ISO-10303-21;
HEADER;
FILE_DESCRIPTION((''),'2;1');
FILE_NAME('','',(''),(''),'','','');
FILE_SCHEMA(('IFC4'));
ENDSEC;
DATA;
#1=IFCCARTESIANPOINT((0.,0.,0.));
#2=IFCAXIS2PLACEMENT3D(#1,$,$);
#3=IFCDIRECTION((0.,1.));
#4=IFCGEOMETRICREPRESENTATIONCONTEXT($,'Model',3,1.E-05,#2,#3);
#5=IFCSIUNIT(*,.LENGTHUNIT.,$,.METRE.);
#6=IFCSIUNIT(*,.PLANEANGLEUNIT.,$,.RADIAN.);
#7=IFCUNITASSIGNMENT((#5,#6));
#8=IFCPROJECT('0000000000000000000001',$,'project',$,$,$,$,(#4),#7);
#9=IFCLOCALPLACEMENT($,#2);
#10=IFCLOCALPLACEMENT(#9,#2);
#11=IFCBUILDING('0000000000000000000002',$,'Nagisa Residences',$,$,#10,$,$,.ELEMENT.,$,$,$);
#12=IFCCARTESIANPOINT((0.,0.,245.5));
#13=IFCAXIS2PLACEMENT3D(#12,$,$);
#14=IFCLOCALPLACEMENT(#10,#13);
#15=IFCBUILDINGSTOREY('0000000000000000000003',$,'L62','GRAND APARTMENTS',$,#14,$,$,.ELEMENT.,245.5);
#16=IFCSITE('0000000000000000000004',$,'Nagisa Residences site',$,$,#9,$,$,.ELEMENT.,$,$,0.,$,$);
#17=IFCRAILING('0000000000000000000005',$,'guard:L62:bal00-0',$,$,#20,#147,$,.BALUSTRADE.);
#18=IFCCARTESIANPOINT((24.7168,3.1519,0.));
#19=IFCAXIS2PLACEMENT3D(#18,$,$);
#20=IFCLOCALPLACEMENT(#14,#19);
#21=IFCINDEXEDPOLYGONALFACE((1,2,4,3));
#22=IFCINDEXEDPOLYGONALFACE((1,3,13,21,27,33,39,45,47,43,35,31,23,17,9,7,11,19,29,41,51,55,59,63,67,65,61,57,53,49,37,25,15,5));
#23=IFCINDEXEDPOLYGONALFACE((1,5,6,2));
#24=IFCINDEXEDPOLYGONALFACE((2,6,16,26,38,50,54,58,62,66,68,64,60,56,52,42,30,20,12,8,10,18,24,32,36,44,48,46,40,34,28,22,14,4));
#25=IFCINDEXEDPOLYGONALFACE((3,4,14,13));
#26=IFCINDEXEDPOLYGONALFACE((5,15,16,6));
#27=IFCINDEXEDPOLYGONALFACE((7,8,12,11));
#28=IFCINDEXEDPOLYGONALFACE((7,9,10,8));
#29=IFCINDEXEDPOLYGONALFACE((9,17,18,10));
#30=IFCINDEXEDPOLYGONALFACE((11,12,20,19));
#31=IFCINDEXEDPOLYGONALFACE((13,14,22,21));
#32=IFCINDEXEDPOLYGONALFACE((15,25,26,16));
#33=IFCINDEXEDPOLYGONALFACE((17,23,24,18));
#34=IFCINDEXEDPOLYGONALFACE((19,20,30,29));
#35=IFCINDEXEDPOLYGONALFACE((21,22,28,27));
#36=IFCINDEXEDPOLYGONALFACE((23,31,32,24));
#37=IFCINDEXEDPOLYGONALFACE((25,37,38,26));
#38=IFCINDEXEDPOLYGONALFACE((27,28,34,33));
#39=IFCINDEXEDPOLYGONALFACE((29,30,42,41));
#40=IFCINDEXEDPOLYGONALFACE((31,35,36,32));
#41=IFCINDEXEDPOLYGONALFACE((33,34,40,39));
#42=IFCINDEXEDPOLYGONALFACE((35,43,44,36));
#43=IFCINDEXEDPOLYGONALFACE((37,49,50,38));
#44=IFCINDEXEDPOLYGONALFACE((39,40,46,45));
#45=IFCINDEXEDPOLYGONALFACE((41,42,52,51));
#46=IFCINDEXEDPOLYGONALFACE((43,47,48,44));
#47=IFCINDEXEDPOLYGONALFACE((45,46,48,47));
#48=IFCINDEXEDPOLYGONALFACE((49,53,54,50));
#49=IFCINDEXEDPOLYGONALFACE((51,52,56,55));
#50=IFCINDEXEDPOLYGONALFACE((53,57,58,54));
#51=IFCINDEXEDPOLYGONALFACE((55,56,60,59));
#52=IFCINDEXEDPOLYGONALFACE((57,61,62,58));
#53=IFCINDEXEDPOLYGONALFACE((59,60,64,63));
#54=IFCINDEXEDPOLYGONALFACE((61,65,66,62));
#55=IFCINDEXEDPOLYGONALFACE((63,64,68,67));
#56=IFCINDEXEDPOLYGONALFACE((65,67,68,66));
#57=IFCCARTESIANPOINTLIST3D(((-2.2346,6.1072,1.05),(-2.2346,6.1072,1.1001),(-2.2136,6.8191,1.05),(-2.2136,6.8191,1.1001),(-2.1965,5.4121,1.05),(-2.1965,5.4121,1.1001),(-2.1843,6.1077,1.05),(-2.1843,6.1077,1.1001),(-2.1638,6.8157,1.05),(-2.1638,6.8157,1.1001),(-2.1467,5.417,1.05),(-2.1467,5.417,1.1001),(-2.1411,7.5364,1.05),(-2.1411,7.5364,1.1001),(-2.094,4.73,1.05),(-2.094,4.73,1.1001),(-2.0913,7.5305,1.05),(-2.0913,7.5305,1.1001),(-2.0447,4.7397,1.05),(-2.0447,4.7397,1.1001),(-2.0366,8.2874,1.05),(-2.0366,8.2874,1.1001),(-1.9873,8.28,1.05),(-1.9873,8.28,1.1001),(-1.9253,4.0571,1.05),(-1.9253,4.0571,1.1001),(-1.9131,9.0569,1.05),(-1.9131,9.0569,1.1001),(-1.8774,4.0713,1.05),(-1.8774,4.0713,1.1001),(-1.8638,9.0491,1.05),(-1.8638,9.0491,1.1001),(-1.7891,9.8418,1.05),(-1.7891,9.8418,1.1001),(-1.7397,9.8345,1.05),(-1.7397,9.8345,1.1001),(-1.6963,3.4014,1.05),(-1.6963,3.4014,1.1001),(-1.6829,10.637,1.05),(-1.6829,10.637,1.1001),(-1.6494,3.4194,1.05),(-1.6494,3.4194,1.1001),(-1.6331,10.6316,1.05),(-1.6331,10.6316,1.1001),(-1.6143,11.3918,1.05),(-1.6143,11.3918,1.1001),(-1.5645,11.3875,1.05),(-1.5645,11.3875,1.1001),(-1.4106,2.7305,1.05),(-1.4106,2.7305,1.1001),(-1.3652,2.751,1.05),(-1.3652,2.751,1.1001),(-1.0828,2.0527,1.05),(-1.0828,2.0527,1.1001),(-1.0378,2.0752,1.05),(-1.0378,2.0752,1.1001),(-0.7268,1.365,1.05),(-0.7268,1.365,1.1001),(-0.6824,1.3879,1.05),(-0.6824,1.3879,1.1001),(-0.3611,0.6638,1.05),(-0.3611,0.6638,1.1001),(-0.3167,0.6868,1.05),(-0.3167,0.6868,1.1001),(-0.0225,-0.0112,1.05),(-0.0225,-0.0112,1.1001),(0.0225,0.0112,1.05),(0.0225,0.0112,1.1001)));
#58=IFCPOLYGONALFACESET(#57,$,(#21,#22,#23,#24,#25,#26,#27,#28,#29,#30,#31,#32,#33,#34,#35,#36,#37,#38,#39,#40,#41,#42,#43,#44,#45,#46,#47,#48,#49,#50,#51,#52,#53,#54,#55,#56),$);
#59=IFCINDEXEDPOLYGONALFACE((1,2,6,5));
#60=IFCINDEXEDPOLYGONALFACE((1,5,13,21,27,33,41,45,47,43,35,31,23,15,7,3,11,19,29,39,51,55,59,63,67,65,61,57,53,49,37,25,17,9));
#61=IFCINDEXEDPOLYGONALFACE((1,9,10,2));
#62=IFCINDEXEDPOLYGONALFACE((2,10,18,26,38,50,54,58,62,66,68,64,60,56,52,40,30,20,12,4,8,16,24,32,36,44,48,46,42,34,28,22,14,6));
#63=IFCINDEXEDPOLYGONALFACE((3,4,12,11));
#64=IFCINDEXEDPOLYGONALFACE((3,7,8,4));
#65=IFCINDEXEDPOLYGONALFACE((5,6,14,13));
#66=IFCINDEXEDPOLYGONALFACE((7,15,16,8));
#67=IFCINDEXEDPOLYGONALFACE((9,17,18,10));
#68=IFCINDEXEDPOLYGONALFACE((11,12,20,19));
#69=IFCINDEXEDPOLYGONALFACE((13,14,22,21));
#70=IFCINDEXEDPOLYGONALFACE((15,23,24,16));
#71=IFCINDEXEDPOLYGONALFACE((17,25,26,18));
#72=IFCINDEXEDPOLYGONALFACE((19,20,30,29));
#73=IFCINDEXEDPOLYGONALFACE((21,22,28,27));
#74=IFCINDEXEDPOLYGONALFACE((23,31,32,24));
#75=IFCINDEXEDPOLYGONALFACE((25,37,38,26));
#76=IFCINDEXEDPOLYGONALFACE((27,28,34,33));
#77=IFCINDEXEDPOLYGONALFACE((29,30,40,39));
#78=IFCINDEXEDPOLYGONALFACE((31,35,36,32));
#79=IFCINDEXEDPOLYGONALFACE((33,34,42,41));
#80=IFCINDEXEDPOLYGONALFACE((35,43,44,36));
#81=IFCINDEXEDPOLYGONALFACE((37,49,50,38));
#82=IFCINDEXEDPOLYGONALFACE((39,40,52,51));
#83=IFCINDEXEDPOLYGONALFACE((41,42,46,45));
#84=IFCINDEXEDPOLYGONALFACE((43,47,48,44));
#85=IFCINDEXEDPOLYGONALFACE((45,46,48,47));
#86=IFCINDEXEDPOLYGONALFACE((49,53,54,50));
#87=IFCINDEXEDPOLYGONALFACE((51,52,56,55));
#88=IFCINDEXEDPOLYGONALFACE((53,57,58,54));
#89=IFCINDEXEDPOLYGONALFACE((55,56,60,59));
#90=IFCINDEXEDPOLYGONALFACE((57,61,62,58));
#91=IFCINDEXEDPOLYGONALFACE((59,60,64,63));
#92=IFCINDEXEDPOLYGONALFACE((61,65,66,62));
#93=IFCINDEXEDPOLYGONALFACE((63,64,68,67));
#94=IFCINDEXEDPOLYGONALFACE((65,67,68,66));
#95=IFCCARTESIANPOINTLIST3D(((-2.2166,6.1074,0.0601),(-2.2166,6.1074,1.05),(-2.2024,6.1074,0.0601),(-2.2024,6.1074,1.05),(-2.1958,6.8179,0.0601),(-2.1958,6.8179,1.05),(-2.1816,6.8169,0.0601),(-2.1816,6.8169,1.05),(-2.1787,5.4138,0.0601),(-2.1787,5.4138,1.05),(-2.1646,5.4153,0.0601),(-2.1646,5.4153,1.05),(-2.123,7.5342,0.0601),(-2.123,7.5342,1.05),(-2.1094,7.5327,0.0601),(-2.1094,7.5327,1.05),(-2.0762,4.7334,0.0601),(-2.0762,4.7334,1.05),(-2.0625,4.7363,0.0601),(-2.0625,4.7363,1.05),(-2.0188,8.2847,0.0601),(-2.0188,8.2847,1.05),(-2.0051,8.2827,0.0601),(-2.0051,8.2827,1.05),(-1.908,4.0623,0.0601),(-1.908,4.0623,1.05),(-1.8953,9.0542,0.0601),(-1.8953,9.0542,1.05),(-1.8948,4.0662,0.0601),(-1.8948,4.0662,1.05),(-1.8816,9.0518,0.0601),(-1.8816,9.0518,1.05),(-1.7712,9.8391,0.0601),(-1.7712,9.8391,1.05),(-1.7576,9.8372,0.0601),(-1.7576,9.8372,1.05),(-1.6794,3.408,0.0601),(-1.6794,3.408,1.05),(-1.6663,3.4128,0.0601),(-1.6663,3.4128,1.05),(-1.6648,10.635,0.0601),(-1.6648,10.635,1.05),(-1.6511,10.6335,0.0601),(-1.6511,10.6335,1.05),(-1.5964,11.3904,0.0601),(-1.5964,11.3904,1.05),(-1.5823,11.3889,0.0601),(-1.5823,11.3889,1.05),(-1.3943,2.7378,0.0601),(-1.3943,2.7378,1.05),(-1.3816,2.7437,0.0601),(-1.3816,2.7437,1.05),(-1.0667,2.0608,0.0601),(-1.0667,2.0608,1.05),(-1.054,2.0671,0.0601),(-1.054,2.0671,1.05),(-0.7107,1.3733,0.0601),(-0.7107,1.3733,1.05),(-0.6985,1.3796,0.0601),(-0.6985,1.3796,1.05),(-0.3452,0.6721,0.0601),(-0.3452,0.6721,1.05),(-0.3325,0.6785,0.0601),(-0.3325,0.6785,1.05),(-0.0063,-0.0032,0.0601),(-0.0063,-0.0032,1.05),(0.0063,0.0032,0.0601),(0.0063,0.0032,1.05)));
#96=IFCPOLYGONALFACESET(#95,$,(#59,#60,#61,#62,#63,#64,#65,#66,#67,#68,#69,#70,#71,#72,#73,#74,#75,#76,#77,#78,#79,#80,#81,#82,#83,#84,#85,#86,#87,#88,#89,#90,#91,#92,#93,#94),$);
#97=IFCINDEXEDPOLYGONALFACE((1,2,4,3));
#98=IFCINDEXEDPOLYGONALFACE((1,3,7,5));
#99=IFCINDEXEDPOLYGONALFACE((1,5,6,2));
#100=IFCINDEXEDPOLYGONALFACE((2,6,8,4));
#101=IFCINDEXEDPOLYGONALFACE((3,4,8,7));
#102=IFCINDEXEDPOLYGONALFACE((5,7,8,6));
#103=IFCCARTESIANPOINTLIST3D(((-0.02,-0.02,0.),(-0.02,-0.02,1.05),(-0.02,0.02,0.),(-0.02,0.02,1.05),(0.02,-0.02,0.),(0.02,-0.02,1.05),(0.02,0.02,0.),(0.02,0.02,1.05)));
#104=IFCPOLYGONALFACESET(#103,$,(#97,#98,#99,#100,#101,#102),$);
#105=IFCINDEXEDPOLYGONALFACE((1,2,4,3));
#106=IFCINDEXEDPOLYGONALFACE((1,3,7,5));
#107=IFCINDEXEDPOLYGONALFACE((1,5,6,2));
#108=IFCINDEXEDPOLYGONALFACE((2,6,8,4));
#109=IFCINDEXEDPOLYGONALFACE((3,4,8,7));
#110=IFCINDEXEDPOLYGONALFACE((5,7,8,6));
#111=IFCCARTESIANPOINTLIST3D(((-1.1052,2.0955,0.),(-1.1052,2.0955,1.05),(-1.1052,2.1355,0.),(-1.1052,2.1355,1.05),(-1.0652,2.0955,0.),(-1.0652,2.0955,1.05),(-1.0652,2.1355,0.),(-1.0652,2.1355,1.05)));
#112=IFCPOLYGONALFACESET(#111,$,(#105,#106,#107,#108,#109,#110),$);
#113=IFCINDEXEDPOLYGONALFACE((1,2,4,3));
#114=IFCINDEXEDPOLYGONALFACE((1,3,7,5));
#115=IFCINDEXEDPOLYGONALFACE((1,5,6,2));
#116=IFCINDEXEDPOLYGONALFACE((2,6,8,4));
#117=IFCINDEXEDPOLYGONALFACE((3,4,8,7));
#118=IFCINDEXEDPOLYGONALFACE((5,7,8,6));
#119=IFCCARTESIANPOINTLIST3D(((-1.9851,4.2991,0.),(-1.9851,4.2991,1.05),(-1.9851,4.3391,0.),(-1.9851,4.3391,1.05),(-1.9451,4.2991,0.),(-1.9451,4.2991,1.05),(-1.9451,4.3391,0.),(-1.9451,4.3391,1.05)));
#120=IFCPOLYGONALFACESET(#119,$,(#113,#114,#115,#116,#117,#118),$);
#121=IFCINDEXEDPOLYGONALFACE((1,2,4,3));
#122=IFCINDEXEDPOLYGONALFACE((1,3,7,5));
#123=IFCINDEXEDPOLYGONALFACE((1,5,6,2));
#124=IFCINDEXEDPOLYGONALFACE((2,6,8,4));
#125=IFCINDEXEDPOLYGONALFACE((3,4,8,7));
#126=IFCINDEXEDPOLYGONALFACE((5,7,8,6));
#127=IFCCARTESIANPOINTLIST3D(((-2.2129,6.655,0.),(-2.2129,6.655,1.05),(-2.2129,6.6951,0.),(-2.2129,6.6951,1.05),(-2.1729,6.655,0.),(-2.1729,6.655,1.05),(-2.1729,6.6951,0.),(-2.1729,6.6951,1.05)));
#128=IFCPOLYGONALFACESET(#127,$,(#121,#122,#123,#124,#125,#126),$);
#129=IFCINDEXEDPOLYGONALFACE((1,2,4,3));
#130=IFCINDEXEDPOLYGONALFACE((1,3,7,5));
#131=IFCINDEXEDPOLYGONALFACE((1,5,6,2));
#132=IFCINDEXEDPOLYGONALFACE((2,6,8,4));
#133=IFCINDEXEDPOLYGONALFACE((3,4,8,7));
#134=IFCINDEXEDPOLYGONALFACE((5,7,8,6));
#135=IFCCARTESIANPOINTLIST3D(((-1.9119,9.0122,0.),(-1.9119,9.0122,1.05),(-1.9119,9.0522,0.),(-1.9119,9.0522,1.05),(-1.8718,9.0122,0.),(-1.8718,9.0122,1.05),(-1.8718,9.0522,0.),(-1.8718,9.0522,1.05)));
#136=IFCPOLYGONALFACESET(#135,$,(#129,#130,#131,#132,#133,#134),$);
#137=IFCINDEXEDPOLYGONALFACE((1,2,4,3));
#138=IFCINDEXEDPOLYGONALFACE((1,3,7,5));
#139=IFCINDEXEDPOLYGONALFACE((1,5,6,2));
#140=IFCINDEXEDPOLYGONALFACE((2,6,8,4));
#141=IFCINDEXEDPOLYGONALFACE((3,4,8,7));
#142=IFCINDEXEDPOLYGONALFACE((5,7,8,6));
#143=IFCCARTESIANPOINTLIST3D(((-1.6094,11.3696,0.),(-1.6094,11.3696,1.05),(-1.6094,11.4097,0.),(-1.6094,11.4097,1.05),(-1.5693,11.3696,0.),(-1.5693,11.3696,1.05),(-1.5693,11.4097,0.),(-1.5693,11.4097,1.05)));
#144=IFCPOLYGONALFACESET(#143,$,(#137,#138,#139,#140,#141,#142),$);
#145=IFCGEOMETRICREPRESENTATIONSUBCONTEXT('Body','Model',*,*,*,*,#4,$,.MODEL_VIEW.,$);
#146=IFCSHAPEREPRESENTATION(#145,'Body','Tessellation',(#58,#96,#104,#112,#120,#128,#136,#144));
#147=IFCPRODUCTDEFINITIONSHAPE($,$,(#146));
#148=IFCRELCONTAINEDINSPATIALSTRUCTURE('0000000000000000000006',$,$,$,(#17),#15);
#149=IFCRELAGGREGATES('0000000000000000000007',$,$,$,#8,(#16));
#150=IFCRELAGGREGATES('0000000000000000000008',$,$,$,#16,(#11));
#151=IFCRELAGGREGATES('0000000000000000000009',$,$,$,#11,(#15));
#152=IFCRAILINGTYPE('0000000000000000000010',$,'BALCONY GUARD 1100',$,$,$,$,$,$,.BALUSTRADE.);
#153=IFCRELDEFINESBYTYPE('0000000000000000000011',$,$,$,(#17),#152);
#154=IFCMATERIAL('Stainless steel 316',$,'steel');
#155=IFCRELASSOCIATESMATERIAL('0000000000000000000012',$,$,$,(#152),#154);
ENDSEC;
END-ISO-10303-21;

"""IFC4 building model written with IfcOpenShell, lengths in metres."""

from ifc_helpers import new_model, si_unit, direction, frame, origin, origin_2d, place, context, subcontext, project, spatial, polyline, rectangle, outline, extrude, material, type_object, element, save


model = new_model("IFC4")

# Units and contexts
model_context = context("Model", 3, precision=1e-05, world=origin(), true_north=direction((0.0, 1.0)))
body_context = subcontext(model_context, "Body", "Model", "MODEL_VIEW")
ifc_project = project(units=[si_unit("LENGTHUNIT", "METRE"), si_unit("PLANEANGLEUNIT", "RADIAN")], contexts=[model_context])

# Site, building, storey
site_placement = place(None, origin())
site = spatial("IfcSite", under=ifc_project, at=site_placement, Name="Nagisa Residences site", CompositionType="ELEMENT", RefElevation=0.0)
building_placement = place(site_placement, origin())
building = spatial("IfcBuilding", under=site, at=building_placement, Name="Nagisa Residences", CompositionType="ELEMENT")
storey_placement = place(building_placement, frame((0.0, 0.0, 245.5)))
storey = spatial("IfcBuildingStorey", under=building, at=storey_placement, Name="L62", Description="GRAND APARTMENTS", CompositionType="ELEMENT", Elevation=245.5)

# Railing
ifc_material_1 = material(Name="Stainless steel 316", Category="steel")
railing_type = type_object("IfcRailingType", Name="BALCONY GUARD 1100", PredefinedType="BALUSTRADE", material=ifc_material_1)
railing_placement = place(storey_placement, frame((24.7168, 3.1519, 0.0)))
element("IfcRailing", 1, at=railing_placement, inside=storey, type_object=railing_type, Name="guard:L62:bal00-0", PredefinedType="BALUSTRADE", context=body_context, shape_type="SweptSolid", body=[
    extrude(outline(polyline([(-0.3611, 0.6638), (-0.0225, -0.0112), (0.0225, 0.0112), (-0.3167, 0.6868), (-0.6824, 1.3879), (-1.0378, 2.0752), (-1.3652, 2.751), (-1.6494, 3.4194), (-1.8774, 4.0713), (-2.0447, 4.7397), (-2.1467, 5.417), (-2.1843, 6.1077), (-2.1638, 6.8157), (-2.0913, 7.5305), (-1.9873, 8.28), (-1.8638, 9.0491), (-1.7397, 9.8345), (-1.6331, 10.6316), (-1.5645, 11.3875), (-1.6143, 11.3918), (-1.6829, 10.637), (-1.7891, 9.8418), (-1.9131, 9.0569), (-2.0366, 8.2874), (-2.1411, 7.5364), (-2.2136, 6.8191), (-2.2346, 6.1072), (-2.1965, 5.4121), (-2.094, 4.73), (-1.9253, 4.0571), (-1.6963, 3.4014), (-1.4106, 2.7305), (-1.0828, 2.0527), (-0.7268, 1.365), (-0.3611, 0.6638)])), frame((0.0, 0.0, 1.05)), (0.0, 0.0, 1.0), 0.05),
    extrude(outline(polyline([(-0.3452, 0.6721), (-0.0063, -0.0032), (0.0063, 0.0032), (-0.3325, 0.6785), (-0.6985, 1.3796), (-1.054, 2.0671), (-1.3816, 2.7437), (-1.6663, 3.4128), (-1.8948, 4.0662), (-2.0625, 4.7363), (-2.1646, 5.4153), (-2.2024, 6.1074), (-2.1816, 6.8169), (-2.1094, 7.5327), (-2.0051, 8.2827), (-1.8816, 9.0518), (-1.7576, 9.8372), (-1.6511, 10.6335), (-1.5823, 11.3889), (-1.5964, 11.3904), (-1.6648, 10.635), (-1.7712, 9.8391), (-1.8953, 9.0542), (-2.0188, 8.2847), (-2.123, 7.5342), (-2.1958, 6.8179), (-2.2166, 6.1074), (-2.1787, 5.4138), (-2.0762, 4.7334), (-1.908, 4.0623), (-1.6794, 3.408), (-1.3943, 2.7378), (-1.0667, 2.0608), (-0.7107, 1.3733), (-0.3452, 0.6721)])), frame((0.0, 0.0, 0.0601)), (0.0, 0.0, 1.0), 0.99),
    extrude(rectangle(XDim=0.04, YDim=0.04, at=origin_2d()), origin(), (0.0, 0.0, 1.0), 1.05),
    extrude(rectangle(XDim=0.04, YDim=0.04, at=origin_2d()), frame((-1.0852, 2.1155, 0.0)), (0.0, 0.0, 1.0), 1.05),
    extrude(rectangle(XDim=0.04, YDim=0.04, at=origin_2d()), frame((-1.9651, 4.3191, 0.0)), (0.0, 0.0, 1.0), 1.05),
    extrude(rectangle(XDim=0.04, YDim=0.04, at=origin_2d()), frame((-2.1929, 6.675, 0.0)), (0.0, 0.0, 1.0), 1.05),
    extrude(rectangle(XDim=0.04, YDim=0.04, at=origin_2d()), frame((-1.8918, 9.0322, 0.0)), (0.0, 0.0, 1.0), 1.05),
    extrude(rectangle(XDim=0.04, YDim=0.04, at=origin_2d()), frame((-1.5894, 11.3896, 0.0)), (0.0, 0.0, 1.0), 1.05),
])

save(model, "model.ifc")
